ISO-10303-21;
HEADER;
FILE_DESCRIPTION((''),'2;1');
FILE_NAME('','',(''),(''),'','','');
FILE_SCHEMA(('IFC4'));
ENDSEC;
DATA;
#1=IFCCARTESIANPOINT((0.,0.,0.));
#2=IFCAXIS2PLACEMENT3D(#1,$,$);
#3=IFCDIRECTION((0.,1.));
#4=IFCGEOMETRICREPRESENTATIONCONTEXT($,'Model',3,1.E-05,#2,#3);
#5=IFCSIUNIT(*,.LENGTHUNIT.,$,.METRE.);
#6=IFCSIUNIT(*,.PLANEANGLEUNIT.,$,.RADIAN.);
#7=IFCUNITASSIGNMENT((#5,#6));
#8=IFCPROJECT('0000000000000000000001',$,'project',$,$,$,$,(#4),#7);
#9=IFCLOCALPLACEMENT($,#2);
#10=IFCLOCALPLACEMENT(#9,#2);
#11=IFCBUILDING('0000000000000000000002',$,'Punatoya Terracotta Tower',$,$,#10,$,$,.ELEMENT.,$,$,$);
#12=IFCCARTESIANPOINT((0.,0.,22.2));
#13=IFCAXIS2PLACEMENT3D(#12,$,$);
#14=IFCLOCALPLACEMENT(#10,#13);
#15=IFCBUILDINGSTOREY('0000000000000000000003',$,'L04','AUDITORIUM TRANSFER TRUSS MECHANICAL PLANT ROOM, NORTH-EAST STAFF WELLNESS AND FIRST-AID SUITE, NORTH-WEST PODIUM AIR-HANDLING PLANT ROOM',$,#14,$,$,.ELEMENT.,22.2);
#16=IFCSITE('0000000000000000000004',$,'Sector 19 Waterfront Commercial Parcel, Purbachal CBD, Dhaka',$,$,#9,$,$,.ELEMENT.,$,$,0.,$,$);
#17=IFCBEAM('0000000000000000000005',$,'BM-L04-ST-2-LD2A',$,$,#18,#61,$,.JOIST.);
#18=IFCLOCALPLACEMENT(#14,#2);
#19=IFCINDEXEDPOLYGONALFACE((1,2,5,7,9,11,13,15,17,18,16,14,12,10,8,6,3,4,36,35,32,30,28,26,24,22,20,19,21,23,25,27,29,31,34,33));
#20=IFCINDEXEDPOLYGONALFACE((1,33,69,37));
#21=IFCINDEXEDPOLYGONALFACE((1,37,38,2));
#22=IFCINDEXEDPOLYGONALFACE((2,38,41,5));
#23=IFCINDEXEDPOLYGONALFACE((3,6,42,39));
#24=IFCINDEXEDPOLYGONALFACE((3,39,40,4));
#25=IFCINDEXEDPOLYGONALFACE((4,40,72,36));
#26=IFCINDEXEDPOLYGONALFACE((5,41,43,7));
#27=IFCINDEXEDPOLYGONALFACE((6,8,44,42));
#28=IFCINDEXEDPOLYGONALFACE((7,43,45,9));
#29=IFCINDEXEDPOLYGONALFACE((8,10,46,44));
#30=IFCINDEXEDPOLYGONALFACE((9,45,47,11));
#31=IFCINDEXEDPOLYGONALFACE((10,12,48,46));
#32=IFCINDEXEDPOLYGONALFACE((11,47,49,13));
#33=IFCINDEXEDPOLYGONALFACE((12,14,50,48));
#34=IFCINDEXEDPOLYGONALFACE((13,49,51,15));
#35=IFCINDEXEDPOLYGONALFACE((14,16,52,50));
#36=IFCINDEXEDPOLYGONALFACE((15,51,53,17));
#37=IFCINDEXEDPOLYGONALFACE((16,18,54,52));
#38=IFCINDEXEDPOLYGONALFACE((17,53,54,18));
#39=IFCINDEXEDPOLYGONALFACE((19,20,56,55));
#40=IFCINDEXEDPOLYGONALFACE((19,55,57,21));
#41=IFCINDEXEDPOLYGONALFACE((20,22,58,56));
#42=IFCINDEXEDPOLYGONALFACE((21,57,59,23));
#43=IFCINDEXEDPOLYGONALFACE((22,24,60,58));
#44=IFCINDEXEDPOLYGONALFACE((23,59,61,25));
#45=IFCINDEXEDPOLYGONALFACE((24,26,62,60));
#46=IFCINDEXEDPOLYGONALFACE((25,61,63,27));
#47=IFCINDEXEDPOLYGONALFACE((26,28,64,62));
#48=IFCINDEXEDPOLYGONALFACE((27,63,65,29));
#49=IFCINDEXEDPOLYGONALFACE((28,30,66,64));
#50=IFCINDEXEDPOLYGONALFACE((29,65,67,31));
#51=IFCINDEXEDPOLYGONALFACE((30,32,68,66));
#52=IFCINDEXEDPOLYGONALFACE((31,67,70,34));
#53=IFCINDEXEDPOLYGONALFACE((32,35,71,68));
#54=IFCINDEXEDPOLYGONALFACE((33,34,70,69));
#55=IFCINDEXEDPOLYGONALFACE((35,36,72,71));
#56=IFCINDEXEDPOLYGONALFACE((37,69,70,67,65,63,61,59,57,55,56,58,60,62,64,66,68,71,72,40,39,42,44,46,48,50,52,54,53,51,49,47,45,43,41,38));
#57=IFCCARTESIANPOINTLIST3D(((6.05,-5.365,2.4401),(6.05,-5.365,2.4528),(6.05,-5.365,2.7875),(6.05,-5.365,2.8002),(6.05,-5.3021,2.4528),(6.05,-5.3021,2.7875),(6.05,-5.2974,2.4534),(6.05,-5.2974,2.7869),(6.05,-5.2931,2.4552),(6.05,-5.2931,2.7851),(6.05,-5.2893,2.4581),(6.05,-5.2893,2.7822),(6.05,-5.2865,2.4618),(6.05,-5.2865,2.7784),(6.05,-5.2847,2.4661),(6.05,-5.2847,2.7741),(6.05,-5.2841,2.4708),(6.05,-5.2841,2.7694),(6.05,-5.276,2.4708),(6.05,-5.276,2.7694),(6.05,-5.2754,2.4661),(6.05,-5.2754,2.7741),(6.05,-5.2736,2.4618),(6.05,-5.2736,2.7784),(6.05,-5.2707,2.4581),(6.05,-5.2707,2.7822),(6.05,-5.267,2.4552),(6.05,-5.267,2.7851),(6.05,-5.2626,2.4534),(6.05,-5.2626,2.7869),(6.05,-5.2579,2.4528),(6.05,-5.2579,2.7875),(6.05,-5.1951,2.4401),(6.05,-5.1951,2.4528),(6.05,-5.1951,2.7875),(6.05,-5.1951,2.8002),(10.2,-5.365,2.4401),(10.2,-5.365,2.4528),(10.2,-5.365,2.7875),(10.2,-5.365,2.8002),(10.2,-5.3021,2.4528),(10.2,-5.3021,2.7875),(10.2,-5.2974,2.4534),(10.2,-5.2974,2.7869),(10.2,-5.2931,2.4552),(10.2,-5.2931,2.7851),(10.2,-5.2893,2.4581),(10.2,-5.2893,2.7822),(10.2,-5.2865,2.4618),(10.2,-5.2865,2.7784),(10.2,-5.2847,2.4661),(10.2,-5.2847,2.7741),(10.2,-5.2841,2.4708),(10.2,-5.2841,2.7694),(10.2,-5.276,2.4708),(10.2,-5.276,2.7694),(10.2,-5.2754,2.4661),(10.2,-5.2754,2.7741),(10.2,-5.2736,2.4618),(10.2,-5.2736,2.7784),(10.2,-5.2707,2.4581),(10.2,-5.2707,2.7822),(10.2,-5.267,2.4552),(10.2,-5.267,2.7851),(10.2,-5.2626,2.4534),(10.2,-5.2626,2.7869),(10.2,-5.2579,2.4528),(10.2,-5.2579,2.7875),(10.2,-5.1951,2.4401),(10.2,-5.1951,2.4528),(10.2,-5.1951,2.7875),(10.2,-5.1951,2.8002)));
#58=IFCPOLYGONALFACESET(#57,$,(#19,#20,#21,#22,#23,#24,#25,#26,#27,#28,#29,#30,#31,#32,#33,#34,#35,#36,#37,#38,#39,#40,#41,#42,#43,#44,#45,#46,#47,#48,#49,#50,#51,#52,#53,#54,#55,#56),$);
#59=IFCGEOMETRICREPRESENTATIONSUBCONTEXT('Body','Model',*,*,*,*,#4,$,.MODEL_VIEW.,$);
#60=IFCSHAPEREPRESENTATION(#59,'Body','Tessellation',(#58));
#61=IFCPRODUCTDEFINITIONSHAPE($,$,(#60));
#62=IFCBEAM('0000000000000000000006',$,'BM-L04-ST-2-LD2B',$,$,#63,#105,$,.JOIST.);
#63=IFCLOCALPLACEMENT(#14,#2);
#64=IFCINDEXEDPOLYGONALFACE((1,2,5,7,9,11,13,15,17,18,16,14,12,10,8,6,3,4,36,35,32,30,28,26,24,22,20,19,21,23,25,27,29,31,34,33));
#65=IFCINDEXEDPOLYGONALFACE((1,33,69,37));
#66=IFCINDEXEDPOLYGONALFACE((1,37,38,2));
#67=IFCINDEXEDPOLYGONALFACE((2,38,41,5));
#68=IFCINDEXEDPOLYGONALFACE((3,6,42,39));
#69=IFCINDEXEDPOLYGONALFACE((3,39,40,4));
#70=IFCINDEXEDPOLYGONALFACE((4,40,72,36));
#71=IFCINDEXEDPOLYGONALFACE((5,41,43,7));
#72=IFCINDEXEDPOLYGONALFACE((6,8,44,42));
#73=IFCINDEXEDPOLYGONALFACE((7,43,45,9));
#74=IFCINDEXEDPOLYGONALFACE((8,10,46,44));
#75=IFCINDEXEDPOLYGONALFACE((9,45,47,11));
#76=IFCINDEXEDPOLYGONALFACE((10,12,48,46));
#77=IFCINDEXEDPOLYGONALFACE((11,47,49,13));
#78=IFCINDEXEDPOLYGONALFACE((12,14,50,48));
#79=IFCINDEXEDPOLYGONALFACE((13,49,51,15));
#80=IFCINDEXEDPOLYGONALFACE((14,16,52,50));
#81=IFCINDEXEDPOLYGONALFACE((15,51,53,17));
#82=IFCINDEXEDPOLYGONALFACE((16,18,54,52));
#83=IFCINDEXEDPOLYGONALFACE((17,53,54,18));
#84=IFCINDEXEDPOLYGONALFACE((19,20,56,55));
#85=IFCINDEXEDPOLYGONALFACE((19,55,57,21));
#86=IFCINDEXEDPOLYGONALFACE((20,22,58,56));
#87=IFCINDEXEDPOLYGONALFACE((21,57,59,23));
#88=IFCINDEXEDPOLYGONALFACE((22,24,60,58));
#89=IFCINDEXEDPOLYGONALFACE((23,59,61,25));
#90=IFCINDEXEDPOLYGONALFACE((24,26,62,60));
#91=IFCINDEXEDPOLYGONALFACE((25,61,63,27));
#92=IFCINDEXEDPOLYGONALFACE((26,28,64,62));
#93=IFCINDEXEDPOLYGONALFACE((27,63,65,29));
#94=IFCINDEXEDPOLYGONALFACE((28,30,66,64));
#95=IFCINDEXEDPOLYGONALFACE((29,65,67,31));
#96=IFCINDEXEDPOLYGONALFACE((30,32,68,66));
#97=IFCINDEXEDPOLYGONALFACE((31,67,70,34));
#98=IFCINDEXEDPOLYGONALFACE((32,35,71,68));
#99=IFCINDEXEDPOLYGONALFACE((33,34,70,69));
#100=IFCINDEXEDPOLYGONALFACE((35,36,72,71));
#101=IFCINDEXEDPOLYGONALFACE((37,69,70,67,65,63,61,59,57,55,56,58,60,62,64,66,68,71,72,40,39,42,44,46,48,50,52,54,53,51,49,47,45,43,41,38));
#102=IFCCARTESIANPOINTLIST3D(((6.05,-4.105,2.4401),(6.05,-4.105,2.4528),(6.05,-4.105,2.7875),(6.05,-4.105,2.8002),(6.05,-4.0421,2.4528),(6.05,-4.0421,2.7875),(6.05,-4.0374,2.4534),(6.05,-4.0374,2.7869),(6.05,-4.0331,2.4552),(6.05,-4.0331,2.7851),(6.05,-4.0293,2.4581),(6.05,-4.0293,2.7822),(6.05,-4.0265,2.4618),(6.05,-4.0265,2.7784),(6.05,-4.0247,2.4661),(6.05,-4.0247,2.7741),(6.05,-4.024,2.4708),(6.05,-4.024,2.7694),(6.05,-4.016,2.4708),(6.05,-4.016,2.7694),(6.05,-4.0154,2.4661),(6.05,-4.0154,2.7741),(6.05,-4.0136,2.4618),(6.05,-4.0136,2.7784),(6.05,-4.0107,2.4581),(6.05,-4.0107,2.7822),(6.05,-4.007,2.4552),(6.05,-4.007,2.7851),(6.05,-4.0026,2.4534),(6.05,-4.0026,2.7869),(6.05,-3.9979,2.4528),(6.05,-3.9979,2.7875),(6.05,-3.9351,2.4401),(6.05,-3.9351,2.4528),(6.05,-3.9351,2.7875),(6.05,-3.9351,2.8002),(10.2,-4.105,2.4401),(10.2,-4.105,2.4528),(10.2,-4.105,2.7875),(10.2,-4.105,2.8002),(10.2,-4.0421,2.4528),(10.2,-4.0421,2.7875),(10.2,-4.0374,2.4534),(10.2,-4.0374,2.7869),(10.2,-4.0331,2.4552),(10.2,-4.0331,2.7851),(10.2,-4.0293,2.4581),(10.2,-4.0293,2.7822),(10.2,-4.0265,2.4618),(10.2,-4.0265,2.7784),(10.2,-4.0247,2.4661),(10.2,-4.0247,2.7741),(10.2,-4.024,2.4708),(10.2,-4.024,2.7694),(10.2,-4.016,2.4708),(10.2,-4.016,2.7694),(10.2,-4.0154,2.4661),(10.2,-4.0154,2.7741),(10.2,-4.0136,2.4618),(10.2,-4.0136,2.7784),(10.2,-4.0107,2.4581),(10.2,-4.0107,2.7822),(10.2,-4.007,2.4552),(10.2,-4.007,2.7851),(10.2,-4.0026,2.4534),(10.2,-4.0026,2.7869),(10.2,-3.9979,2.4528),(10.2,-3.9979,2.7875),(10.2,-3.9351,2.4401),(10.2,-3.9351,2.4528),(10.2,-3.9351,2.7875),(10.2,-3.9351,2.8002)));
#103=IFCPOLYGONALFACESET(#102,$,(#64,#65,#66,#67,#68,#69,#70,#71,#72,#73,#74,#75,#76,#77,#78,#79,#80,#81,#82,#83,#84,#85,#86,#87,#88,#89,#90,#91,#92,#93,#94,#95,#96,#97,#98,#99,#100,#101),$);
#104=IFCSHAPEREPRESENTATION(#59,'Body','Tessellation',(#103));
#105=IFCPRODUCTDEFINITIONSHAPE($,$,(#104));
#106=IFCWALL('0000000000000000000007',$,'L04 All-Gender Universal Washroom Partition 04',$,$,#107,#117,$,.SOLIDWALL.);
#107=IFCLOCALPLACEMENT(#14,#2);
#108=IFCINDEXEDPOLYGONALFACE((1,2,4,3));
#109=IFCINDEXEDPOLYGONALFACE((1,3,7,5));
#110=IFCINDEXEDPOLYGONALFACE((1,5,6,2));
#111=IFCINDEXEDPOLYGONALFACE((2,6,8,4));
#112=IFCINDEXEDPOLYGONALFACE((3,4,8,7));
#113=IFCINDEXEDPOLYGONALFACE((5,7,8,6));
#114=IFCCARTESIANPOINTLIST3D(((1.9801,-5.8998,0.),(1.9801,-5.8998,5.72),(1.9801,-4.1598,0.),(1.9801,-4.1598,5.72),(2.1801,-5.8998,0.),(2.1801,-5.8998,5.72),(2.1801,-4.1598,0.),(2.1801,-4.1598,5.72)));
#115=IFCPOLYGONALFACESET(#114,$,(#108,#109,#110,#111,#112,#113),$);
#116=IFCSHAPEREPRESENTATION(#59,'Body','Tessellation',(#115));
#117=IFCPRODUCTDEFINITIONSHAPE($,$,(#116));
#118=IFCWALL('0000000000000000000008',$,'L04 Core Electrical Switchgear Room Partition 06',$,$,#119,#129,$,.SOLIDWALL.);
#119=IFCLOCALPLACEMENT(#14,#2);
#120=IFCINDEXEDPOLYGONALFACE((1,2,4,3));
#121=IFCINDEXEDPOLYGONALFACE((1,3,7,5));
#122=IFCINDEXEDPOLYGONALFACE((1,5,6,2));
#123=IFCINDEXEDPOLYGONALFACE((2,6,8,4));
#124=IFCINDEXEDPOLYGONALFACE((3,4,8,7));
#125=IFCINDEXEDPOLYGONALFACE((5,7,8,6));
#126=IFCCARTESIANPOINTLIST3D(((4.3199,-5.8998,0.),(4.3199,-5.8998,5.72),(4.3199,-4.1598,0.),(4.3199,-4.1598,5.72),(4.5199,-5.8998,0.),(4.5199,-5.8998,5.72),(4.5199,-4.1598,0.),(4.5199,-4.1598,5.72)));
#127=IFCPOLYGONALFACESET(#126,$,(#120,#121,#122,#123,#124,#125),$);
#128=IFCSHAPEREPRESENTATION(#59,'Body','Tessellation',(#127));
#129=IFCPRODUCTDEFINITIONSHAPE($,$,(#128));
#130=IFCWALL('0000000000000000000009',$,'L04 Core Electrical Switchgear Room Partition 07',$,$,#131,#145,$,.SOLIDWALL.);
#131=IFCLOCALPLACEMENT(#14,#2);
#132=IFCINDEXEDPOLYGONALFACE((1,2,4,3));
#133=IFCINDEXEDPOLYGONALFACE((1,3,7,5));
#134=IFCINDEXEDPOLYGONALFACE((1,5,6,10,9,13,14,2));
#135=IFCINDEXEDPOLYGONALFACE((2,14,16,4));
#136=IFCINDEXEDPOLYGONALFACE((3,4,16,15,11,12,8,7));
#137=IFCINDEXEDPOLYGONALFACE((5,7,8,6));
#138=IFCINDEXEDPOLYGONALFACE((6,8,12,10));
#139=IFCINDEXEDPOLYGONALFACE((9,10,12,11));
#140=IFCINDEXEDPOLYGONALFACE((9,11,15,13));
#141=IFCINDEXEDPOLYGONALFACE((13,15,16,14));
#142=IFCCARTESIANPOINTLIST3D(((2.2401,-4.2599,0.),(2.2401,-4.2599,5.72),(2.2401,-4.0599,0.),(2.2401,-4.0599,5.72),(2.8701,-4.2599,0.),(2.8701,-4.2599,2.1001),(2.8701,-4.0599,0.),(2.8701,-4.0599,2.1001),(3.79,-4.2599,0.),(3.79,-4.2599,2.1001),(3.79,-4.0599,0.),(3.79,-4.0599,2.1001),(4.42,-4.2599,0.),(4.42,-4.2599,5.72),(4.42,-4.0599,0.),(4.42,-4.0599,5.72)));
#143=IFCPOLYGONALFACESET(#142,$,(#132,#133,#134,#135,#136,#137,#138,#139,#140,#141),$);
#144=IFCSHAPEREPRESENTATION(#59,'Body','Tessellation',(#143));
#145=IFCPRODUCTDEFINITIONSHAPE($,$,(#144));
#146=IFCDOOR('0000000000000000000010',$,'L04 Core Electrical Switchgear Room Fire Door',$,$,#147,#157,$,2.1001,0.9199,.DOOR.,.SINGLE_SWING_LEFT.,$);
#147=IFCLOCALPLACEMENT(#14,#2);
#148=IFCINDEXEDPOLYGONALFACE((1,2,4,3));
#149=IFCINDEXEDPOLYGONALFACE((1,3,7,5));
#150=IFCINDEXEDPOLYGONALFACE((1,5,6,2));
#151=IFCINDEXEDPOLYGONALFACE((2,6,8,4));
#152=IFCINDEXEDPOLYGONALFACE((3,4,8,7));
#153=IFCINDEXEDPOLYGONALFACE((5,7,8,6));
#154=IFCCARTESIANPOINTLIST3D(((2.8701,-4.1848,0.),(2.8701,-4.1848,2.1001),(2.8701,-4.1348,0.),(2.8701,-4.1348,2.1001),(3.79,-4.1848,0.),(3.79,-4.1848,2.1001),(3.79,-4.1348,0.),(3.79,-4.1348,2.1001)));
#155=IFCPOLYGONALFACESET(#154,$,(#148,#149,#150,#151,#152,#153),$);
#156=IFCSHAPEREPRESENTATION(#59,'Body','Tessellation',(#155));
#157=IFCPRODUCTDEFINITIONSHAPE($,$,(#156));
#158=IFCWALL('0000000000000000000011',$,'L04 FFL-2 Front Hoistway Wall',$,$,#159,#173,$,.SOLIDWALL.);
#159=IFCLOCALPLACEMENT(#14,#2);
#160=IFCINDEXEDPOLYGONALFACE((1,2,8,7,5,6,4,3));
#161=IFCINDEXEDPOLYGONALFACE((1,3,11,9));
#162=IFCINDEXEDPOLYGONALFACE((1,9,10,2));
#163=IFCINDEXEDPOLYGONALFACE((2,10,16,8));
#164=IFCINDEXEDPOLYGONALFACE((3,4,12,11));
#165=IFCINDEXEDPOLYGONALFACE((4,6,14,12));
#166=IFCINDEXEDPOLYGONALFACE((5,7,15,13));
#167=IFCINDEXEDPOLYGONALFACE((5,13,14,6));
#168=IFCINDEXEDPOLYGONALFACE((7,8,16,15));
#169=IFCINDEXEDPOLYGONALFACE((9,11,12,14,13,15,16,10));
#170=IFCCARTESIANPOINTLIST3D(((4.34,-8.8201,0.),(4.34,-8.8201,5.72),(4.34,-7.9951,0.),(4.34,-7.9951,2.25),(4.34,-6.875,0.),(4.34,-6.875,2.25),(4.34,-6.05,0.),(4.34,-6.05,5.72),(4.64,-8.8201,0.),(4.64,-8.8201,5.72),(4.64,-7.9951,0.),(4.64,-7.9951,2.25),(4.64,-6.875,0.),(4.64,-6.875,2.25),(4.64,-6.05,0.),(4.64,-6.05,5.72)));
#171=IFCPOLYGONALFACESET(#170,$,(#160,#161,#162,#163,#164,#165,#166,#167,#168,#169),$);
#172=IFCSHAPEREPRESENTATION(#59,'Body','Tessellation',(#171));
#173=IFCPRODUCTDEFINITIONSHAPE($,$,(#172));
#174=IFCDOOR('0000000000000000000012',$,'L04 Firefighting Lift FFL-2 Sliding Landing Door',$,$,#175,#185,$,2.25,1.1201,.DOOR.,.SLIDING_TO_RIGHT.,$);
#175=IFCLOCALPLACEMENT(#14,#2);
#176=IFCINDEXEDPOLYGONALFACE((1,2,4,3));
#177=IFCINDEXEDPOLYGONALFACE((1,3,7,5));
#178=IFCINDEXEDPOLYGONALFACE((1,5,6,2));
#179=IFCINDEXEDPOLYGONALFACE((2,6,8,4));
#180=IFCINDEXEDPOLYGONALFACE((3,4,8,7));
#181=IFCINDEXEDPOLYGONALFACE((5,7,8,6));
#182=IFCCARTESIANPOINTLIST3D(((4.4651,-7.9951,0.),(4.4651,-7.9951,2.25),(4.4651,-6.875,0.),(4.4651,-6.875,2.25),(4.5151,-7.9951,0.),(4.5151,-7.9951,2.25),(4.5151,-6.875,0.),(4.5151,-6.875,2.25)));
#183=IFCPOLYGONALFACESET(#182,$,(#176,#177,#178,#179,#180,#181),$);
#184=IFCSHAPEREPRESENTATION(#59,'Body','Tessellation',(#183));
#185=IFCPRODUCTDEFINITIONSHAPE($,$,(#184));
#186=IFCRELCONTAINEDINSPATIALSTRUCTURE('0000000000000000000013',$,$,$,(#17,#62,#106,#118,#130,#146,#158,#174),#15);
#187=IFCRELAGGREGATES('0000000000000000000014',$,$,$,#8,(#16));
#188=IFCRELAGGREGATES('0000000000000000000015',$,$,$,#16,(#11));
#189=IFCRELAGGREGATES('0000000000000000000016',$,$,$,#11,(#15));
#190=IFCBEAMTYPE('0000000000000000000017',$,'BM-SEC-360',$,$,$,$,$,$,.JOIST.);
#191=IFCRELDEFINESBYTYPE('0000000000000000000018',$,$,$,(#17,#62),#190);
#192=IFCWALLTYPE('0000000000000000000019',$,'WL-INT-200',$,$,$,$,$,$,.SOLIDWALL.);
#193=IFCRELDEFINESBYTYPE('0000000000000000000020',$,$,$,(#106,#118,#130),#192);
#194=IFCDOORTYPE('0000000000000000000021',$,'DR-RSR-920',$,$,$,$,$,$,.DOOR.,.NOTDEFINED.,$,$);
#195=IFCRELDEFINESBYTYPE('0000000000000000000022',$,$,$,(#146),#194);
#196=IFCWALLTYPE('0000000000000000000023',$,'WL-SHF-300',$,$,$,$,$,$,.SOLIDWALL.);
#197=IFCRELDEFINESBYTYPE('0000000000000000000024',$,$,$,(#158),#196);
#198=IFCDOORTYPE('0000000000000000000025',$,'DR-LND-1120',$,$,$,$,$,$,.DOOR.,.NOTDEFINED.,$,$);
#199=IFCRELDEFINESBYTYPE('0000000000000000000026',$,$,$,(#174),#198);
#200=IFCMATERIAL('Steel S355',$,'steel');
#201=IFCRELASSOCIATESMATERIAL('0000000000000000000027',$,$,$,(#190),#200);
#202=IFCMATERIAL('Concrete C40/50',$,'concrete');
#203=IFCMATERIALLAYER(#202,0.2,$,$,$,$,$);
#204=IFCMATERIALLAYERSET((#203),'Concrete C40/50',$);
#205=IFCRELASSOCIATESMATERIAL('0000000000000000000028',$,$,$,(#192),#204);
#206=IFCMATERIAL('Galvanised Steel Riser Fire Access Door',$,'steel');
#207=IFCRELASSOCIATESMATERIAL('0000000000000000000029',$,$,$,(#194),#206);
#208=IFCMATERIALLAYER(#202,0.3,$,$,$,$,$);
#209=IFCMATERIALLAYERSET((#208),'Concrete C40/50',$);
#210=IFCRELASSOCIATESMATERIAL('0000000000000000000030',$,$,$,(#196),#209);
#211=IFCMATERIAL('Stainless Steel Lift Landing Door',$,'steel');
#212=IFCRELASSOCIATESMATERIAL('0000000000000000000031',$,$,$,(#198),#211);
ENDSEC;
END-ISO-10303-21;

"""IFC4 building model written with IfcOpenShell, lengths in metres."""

from ifc_helpers import new_model, si_unit, direction, frame, frame_2d, origin, origin_2d, place, context, subcontext, project, spatial, rectangle, i_section, extrude, material, layer, layer_set, material_profile, profile_set, type_object, element, fill, save


model = new_model("IFC4")

# Units and contexts
model_context = context("Model", 3, precision=1e-05, world=origin(), true_north=direction((0.0, 1.0)))
body_context = subcontext(model_context, "Body", "Model", "MODEL_VIEW")
ifc_project = project(units=[si_unit("LENGTHUNIT", "METRE"), si_unit("PLANEANGLEUNIT", "RADIAN")], contexts=[model_context])

# Site, building, storey
site_placement = place(None, origin())
site = spatial("IfcSite", under=ifc_project, at=site_placement, Name="Sector 19 Waterfront Commercial Parcel, Purbachal CBD, Dhaka", CompositionType="ELEMENT", RefElevation=0.0)
building_placement = place(site_placement, origin())
building = spatial("IfcBuilding", under=site, at=building_placement, Name="Punatoya Terracotta Tower", CompositionType="ELEMENT")
storey_placement = place(building_placement, frame((0.0, 0.0, 22.2)))
storey = spatial("IfcBuildingStorey", under=building, at=storey_placement, Name="L04", Description="AUDITORIUM TRANSFER TRUSS MECHANICAL PLANT ROOM, NORTH-EAST STAFF WELLNESS AND FIRST-AID SUITE, NORTH-WEST PODIUM AIR-HANDLING PLANT ROOM", CompositionType="ELEMENT", Elevation=22.2)

# Beams
ifc_material_1 = material(Name="Steel S355", Category="steel")
ifc_material_profile = material_profile(ifc_material_1, i_section(OverallWidth=0.1699, OverallDepth=0.3601, WebThickness=0.0081, FlangeThickness=0.0127, FilletRadius=0.0181, at=origin_2d()))
ifc_profile_set = profile_set([ifc_material_profile], Name="Steel S355")
beam_type = type_object("IfcBeamType", Name="BM-SEC-360", PredefinedType="JOIST", material=ifc_profile_set)
for number, where, z_axis, x_axis, name in (
    (1, (6.05, -5.28, 2.6201), (1.0, 0.0, 0.0), (0.0, 1.0, 0.0), "BM-L04-ST-2-LD2A"),
    (2, (6.05, -4.02, 2.6201), (1.0, 0.0, 0.0), (0.0, 1.0, 0.0), "BM-L04-ST-2-LD2B"),
):
    element("IfcBeam", number, at=place(storey_placement, frame(where, z_axis=z_axis, x_axis=x_axis)), inside=storey, type_object=beam_type, Name=name, PredefinedType="JOIST", context=body_context, shape_type="SweptSolid", body=[
        extrude(i_section(OverallWidth=0.1699, OverallDepth=0.3601, WebThickness=0.0081, FlangeThickness=0.0127, FilletRadius=0.0181, at=origin_2d()), origin(), (0.0, 0.0, 1.0), 4.1499),
    ])

# Wall
ifc_material_2 = material(Name="Concrete C40/50", Category="concrete")
ifc_layer_1 = layer(ifc_material_2, 0.2)
ifc_layer_set_1 = layer_set([ifc_layer_1], Name="Concrete C40/50")
wall_type_1 = type_object("IfcWallType", Name="WL-INT-200", PredefinedType="SOLIDWALL", material=ifc_layer_set_1)
wall_1_placement = place(storey_placement, frame((2.0801, -5.8999, 0.0), z_axis=(0.0, 0.0, 1.0), x_axis=(0.0, 1.0, 0.0)))
element("IfcWall", 3, at=wall_1_placement, inside=storey, type_object=wall_type_1, Name="L04 All-Gender Universal Washroom Partition 04", PredefinedType="SOLIDWALL", context=body_context, shape_type="SweptSolid", body=[
    extrude(rectangle(XDim=1.74, YDim=0.2, at=frame_2d((0.8701, 0.0))), origin(), (0.0, 0.0, 1.0), 5.72),
])

# Wall
wall_2_placement = place(storey_placement, frame((4.4199, -5.8999, 0.0), z_axis=(0.0, 0.0, 1.0), x_axis=(0.0, 1.0, 0.0)))
element("IfcWall", 4, at=wall_2_placement, inside=storey, type_object=wall_type_1, Name="L04 Core Electrical Switchgear Room Partition 06", PredefinedType="SOLIDWALL", context=body_context, shape_type="SweptSolid", body=[
    extrude(rectangle(XDim=1.74, YDim=0.2, at=frame_2d((0.8701, 0.0))), origin(), (0.0, 0.0, 1.0), 5.72),
])

# Walls, openings, doors
wall_3_placement = place(storey_placement, frame((4.4199, -4.1599, 0.0), z_axis=(0.0, 0.0, 1.0), x_axis=(-1.0, 0.0, 0.0)))
wall_3 = element("IfcWall", 5, at=wall_3_placement, inside=storey, type_object=wall_type_1, Name="L04 Core Electrical Switchgear Room Partition 07", PredefinedType="SOLIDWALL", context=body_context, shape_type="SweptSolid", body=[
    extrude(rectangle(XDim=2.1799, YDim=0.2, at=frame_2d((1.0898, 0.0))), origin(), (0.0, 0.0, 1.0), 5.72),
])
opening_1_placement = place(wall_3_placement, frame((0.6299, 0.0, 0.0)))
opening_1 = element("IfcOpeningElement", 6, at=opening_1_placement, cuts=wall_3, PredefinedType="OPENING", context=body_context, shape_type="SweptSolid", body=[
    extrude(rectangle(XDim=0.9199, YDim=2.1001, at=frame_2d((0.46, 1.05))), frame((0.0, 0.1099, 0.0), z_axis=(0.0, -1.0, 0.0), x_axis=(1.0, 0.0, 0.0)), (0.0, 0.0, 1.0), 0.22),
])
ifc_material_3 = material(Name="Galvanised Steel Riser Fire Access Door", Category="steel")
door_type_1 = type_object("IfcDoorType", Name="DR-RSR-920", OperationType="NOTDEFINED", PredefinedType="DOOR", material=ifc_material_3)
door_1_placement = place(opening_1_placement, origin())
door_1 = element("IfcDoor", 7, at=door_1_placement, inside=storey, type_object=door_type_1, Name="L04 Core Electrical Switchgear Room Fire Door", OperationType="SINGLE_SWING_LEFT", OverallHeight=2.1001, OverallWidth=0.9199, PredefinedType="DOOR", context=body_context, shape_type="SweptSolid", body=[
    extrude(rectangle(XDim=0.9199, YDim=2.1001, at=frame_2d((0.46, 1.05))), frame((0.0, 0.0249, 0.0), z_axis=(0.0, -1.0, 0.0), x_axis=(1.0, 0.0, 0.0)), (0.0, 0.0, 1.0), 0.05),
])
fill(opening_1, door_1)
ifc_layer_2 = layer(ifc_material_2, 0.3)
ifc_layer_set_2 = layer_set([ifc_layer_2], Name="Concrete C40/50")
wall_type_2 = type_object("IfcWallType", Name="WL-SHF-300", PredefinedType="SOLIDWALL", material=ifc_layer_set_2)
wall_4_placement = place(storey_placement, frame((4.49, -8.8201, 0.0), z_axis=(0.0, 0.0, 1.0), x_axis=(0.0, 1.0, 0.0)))
wall_4 = element("IfcWall", 8, at=wall_4_placement, inside=storey, type_object=wall_type_2, Name="L04 FFL-2 Front Hoistway Wall", PredefinedType="SOLIDWALL", context=body_context, shape_type="SweptSolid", body=[
    extrude(rectangle(XDim=2.77, YDim=0.3, at=frame_2d((1.385, 0.0))), origin(), (0.0, 0.0, 1.0), 5.72),
])
opening_2_placement = place(wall_4_placement, frame((0.825, 0.0, 0.0)))
opening_2 = element("IfcOpeningElement", 9, at=opening_2_placement, cuts=wall_4, PredefinedType="OPENING", context=body_context, shape_type="SweptSolid", body=[
    extrude(rectangle(XDim=1.1201, YDim=2.25, at=frame_2d((0.5601, 1.125))), frame((0.0, 0.1599, 0.0), z_axis=(0.0, -1.0, 0.0), x_axis=(1.0, 0.0, 0.0)), (0.0, 0.0, 1.0), 0.3201),
])
ifc_material_4 = material(Name="Stainless Steel Lift Landing Door", Category="steel")
door_type_2 = type_object("IfcDoorType", Name="DR-LND-1120", OperationType="NOTDEFINED", PredefinedType="DOOR", material=ifc_material_4)
door_2_placement = place(opening_2_placement, origin())
door_2 = element("IfcDoor", 10, at=door_2_placement, inside=storey, type_object=door_type_2, Name="L04 Firefighting Lift FFL-2 Sliding Landing Door", OperationType="SLIDING_TO_RIGHT", OverallHeight=2.25, OverallWidth=1.1201, PredefinedType="DOOR", context=body_context, shape_type="SweptSolid", body=[
    extrude(rectangle(XDim=1.1201, YDim=2.25, at=frame_2d((0.5601, 1.125))), frame((0.0, 0.0249, 0.0), z_axis=(0.0, -1.0, 0.0), x_axis=(1.0, 0.0, 0.0)), (0.0, 0.0, 1.0), 0.05),
])
fill(opening_2, door_2)

save(model, "model.ifc")
